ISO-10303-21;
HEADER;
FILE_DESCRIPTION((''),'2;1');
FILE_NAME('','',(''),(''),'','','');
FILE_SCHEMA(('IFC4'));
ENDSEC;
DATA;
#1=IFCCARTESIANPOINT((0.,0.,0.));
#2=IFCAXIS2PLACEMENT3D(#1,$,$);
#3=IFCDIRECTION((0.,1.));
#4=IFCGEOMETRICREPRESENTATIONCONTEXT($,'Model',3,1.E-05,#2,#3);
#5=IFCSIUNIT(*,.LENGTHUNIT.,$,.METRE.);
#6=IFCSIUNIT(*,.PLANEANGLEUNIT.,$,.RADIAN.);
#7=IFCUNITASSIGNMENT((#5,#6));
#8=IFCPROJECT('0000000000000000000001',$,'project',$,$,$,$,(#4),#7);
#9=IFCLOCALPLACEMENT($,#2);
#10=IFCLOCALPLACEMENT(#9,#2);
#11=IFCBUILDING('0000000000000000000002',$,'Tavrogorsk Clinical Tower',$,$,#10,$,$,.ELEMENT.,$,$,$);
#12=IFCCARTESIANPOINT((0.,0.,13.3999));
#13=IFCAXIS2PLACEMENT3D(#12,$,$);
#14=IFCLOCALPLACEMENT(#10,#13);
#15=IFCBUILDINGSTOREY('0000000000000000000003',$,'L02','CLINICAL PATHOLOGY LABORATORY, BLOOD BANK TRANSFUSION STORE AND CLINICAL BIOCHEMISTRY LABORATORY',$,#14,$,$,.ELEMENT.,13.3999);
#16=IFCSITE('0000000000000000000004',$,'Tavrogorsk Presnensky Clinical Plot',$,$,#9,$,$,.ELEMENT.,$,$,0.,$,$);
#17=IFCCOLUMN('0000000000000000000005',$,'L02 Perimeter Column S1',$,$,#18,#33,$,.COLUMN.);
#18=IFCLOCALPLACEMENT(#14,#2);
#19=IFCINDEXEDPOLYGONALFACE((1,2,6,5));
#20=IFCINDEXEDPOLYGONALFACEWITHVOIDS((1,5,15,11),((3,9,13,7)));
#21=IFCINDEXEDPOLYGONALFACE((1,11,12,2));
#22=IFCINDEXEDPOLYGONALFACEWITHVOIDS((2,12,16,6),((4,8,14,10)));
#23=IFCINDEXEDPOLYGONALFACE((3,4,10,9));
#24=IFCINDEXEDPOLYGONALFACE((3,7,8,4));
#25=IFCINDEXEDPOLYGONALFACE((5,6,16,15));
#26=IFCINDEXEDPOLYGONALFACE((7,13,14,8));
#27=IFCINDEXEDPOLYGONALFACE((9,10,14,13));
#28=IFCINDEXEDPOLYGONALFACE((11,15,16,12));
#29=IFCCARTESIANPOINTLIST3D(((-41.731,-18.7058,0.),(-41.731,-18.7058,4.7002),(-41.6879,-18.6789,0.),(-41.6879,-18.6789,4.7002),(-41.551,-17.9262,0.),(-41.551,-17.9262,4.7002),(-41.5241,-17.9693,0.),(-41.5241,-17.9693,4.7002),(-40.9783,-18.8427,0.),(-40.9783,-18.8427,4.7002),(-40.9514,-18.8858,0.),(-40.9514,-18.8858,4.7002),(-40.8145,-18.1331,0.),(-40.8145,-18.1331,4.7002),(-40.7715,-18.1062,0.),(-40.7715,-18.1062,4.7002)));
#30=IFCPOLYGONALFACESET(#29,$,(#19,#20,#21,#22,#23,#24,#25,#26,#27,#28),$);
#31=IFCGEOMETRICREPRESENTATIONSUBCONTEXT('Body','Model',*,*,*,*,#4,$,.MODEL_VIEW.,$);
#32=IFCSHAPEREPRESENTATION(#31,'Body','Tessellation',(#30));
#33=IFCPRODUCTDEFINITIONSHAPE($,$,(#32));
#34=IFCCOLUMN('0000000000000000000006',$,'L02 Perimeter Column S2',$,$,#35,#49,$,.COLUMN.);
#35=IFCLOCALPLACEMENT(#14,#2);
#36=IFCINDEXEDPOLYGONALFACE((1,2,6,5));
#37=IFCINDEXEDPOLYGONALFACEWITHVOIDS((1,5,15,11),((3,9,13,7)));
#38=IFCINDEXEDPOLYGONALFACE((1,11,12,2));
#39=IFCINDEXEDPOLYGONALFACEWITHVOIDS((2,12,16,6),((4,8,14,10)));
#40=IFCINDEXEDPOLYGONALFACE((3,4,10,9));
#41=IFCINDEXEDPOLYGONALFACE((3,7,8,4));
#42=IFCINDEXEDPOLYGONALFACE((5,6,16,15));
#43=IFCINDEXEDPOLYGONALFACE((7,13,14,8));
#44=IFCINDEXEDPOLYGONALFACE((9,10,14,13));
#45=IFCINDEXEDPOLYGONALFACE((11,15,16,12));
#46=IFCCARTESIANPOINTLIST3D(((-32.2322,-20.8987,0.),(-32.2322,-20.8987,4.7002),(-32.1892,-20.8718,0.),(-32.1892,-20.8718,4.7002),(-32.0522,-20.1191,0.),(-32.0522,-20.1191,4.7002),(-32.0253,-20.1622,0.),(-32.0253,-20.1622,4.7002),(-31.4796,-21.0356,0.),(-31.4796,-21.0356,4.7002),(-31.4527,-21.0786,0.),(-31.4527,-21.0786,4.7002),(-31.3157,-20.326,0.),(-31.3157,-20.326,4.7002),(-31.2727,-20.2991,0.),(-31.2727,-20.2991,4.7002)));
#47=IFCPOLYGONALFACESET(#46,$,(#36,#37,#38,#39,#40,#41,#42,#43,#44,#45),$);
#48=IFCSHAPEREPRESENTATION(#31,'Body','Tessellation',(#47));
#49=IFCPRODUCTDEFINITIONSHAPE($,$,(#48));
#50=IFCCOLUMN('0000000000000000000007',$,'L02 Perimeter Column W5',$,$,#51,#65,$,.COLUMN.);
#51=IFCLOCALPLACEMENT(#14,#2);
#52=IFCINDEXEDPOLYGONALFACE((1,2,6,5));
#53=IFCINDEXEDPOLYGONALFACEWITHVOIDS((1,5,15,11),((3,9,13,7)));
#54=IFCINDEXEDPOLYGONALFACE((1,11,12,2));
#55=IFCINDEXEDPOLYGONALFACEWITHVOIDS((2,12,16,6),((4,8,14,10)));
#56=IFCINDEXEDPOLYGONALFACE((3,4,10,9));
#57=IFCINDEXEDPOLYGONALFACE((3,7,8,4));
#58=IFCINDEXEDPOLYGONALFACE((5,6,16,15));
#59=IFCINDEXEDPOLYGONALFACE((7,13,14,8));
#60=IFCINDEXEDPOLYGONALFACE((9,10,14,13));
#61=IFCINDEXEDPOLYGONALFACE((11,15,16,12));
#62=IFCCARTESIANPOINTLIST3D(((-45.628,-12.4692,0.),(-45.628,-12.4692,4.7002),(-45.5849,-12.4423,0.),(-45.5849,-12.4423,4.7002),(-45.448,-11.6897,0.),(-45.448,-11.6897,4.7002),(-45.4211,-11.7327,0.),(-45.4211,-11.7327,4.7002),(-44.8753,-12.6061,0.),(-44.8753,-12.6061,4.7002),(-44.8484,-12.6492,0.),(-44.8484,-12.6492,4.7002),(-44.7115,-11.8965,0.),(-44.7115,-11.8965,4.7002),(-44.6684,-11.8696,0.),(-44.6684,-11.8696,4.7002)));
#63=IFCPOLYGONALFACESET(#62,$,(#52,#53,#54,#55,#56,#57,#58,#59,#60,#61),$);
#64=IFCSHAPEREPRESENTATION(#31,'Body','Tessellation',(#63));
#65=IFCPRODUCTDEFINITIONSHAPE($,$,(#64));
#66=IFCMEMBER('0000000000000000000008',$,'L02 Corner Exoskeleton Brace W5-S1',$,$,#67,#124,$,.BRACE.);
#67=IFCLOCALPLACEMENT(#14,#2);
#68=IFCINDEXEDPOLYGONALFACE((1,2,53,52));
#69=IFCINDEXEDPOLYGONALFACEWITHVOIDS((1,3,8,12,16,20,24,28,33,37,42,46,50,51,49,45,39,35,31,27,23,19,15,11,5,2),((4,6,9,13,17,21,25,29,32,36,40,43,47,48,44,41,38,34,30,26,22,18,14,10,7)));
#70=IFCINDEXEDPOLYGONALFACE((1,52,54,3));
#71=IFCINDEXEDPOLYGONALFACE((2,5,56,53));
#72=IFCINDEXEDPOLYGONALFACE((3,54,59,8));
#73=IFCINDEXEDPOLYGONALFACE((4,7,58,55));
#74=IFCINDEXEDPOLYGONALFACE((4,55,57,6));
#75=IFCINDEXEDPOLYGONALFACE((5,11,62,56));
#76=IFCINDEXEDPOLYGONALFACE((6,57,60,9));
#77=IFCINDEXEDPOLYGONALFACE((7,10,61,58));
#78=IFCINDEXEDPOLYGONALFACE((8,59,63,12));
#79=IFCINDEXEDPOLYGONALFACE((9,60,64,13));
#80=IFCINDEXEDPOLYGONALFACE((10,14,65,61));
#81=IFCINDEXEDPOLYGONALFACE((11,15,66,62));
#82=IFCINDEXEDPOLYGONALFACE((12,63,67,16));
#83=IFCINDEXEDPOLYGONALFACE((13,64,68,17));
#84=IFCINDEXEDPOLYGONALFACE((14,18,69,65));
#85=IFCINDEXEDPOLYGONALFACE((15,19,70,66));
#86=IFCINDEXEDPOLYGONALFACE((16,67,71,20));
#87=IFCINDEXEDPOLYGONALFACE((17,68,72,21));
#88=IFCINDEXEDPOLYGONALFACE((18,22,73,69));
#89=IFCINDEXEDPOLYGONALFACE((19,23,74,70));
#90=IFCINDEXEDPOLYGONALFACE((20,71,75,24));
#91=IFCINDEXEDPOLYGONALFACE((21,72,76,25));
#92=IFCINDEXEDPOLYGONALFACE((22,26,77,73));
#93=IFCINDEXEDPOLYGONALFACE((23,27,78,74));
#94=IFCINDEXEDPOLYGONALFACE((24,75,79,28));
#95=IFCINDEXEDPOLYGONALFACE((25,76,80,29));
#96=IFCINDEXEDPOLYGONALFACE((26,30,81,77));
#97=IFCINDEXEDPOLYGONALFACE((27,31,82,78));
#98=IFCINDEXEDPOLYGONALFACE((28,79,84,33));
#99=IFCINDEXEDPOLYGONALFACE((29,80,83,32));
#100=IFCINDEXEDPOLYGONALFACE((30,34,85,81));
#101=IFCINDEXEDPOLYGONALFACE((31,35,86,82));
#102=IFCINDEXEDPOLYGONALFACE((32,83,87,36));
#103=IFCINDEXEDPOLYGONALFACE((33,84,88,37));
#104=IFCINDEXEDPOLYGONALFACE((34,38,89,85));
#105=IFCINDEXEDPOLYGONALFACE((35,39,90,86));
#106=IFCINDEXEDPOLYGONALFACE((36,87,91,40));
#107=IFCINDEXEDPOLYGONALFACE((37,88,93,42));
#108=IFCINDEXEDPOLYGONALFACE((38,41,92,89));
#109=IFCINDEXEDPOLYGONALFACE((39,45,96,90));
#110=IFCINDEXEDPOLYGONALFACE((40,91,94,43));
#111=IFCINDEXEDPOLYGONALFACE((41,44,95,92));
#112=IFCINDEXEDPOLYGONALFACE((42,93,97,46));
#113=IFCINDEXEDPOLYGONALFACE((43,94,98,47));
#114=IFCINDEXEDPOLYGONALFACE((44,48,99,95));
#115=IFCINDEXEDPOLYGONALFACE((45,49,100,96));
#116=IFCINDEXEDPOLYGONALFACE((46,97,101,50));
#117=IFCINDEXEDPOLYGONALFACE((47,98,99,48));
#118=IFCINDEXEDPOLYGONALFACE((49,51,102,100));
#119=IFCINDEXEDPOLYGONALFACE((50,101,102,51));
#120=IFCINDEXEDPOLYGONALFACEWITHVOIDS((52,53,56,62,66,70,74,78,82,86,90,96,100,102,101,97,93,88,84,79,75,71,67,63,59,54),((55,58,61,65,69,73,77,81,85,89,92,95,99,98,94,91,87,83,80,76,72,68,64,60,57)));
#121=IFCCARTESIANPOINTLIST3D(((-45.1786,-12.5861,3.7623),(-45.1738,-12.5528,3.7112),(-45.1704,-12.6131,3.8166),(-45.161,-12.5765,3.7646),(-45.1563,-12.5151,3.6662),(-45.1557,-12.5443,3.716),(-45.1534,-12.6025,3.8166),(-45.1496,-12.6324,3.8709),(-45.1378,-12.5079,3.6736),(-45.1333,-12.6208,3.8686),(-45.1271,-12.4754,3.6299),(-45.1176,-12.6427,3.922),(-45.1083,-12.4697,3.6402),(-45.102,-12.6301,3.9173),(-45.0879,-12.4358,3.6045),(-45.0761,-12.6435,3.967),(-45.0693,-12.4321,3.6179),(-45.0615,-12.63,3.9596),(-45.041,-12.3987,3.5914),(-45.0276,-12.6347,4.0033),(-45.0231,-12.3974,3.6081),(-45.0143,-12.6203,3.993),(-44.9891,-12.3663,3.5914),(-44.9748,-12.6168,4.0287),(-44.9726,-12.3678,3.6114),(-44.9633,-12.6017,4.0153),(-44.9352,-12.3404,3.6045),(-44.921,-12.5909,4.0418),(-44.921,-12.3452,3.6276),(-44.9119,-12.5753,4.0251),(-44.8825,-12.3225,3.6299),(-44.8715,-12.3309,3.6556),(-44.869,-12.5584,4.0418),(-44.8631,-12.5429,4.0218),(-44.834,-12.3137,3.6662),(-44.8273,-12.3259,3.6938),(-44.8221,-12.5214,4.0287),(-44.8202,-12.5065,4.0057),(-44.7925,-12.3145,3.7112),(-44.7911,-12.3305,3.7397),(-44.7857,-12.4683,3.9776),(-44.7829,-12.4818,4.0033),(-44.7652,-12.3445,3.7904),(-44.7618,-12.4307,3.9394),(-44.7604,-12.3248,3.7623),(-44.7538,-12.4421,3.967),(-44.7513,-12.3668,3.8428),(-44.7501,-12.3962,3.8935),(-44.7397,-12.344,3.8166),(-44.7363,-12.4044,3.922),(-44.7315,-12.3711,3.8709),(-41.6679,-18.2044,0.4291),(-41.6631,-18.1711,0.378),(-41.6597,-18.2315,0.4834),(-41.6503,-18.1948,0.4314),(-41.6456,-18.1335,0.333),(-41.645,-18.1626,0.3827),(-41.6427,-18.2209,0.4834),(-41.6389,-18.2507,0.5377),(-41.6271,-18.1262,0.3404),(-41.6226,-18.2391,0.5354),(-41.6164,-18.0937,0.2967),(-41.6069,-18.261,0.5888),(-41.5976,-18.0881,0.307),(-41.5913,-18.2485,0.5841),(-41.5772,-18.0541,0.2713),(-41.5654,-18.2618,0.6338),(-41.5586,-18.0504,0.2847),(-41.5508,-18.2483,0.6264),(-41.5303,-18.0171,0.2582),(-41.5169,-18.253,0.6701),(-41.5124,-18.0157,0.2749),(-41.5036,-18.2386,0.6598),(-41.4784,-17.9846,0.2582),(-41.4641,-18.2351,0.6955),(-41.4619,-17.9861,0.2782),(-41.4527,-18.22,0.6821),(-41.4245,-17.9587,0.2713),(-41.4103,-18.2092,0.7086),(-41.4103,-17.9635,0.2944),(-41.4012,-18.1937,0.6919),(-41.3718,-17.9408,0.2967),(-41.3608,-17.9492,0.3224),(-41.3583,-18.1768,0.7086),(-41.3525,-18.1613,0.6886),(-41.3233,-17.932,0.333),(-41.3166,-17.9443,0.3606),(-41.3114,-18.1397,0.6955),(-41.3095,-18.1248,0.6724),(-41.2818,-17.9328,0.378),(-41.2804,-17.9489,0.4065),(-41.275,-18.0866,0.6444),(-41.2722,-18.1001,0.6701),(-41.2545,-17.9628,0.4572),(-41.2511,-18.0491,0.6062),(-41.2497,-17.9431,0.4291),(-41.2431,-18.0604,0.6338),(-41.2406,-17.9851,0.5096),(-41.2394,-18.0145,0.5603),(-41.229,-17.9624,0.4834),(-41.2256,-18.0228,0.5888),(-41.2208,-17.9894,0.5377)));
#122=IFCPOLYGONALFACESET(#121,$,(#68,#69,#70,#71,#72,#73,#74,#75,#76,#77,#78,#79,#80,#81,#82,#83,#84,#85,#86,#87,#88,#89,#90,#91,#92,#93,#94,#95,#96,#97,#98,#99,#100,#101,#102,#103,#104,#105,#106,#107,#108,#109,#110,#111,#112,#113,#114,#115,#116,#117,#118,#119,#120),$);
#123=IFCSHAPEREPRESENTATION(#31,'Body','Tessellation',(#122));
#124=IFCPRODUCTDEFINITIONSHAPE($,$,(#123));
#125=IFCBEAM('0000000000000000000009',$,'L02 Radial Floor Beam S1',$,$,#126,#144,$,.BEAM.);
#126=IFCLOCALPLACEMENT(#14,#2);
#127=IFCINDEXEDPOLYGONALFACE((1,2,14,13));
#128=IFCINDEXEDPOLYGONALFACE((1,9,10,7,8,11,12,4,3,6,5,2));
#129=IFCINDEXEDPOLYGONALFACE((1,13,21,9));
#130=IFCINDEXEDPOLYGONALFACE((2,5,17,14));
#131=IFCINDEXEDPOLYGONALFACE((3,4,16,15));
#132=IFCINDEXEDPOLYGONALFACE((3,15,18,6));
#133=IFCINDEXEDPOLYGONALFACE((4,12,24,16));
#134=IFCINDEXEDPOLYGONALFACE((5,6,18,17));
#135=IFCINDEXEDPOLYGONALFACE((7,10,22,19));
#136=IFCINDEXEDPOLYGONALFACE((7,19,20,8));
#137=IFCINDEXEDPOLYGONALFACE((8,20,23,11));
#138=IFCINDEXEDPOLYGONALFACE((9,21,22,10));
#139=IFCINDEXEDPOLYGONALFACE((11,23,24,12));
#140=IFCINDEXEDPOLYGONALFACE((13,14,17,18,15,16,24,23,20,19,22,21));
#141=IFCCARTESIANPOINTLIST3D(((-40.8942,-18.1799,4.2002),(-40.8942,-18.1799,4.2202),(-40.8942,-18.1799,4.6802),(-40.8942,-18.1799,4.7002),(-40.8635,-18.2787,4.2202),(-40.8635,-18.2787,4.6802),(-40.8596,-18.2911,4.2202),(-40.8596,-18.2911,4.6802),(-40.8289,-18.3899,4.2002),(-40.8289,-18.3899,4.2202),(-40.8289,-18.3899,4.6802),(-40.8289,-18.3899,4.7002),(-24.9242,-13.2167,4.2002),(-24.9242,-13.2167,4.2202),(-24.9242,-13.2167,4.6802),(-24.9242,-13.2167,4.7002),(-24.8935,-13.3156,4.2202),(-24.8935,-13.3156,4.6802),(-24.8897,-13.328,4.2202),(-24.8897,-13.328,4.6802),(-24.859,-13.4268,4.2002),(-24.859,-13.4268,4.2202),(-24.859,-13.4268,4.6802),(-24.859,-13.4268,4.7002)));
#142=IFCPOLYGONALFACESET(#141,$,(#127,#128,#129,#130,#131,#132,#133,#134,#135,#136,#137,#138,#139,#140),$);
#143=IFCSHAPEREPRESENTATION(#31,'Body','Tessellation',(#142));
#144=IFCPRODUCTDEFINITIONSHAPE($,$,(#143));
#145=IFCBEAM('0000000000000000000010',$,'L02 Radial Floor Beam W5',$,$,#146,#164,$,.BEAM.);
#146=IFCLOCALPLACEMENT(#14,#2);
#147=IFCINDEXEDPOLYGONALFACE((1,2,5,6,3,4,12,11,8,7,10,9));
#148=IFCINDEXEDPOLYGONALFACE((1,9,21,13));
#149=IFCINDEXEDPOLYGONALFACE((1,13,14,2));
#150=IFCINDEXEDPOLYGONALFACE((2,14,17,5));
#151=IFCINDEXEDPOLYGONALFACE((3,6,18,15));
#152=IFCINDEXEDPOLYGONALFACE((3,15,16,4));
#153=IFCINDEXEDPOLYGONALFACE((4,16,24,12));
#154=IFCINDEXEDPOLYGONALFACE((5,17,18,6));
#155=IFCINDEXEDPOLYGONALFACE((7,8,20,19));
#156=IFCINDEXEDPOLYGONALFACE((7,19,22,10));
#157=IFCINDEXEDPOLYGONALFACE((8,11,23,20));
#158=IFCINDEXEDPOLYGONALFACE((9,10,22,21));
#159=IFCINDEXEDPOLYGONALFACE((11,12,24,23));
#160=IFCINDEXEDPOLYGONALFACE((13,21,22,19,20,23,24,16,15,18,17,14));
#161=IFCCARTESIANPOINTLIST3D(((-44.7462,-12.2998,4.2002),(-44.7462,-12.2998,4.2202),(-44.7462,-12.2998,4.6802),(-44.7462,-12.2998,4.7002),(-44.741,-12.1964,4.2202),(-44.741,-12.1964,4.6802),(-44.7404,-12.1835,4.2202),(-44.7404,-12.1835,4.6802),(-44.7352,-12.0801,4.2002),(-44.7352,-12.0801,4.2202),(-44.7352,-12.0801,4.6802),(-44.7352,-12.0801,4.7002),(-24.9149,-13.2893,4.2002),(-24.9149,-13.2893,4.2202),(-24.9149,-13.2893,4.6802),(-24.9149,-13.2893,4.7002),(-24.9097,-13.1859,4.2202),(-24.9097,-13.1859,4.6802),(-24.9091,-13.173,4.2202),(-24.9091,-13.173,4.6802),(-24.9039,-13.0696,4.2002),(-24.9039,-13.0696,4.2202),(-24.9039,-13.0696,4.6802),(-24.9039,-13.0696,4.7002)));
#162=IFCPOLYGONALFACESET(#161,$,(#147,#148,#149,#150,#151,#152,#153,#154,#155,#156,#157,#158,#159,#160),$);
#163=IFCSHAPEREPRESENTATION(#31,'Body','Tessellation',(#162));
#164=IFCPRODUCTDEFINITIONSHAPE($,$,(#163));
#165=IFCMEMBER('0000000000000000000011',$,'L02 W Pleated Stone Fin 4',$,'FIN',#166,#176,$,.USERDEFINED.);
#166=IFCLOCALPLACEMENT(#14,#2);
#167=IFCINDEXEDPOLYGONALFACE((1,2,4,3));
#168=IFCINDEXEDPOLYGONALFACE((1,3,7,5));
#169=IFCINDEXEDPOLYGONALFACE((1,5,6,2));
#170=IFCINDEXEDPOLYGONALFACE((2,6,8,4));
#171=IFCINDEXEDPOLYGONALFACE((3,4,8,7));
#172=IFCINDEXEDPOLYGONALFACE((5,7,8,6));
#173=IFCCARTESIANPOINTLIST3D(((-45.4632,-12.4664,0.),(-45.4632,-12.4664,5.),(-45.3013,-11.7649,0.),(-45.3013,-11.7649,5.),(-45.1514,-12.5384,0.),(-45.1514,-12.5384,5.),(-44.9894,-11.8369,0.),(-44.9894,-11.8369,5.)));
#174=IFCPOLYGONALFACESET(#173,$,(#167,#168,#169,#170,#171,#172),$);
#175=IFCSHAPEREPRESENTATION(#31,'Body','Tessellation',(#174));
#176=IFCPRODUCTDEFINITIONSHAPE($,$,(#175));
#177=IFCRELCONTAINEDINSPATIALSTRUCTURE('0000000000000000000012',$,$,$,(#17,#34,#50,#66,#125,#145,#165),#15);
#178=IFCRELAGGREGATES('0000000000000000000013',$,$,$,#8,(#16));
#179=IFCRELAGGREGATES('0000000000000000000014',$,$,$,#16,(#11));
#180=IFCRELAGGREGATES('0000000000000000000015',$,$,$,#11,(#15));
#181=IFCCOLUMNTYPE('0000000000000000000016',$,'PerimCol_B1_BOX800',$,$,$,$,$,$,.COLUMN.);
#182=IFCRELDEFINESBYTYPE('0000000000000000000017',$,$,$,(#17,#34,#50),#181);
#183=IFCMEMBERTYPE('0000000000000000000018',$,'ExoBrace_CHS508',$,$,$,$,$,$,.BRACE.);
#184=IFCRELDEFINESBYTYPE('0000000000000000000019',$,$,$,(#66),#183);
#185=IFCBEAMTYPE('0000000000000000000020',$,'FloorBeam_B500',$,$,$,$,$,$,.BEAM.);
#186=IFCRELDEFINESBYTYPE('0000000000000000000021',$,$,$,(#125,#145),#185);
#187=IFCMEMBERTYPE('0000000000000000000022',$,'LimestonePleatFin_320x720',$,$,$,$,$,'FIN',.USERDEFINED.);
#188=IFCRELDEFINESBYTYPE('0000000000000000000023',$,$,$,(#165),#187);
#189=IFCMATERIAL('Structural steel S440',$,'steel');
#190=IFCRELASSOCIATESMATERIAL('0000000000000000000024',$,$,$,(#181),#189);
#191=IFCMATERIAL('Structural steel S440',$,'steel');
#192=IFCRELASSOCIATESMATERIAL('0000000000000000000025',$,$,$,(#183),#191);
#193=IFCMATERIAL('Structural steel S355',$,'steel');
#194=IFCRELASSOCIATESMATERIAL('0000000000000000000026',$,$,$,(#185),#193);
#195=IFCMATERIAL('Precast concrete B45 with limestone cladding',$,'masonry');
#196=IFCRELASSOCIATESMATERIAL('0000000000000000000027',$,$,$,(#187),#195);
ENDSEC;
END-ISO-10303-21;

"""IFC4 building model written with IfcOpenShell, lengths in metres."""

from ifc_helpers import new_model, si_unit, direction, frame, origin, origin_2d, place, context, subcontext, project, spatial, rectangle, hollow_rectangle, hollow_circle, i_section, extrude, material, material_profile, profile_set, type_object, element, save


model = new_model("IFC4")

# Units and contexts
model_context = context("Model", 3, precision=1e-05, world=origin(), true_north=direction((0.0, 1.0)))
body_context = subcontext(model_context, "Body", "Model", "MODEL_VIEW")
ifc_project = project(units=[si_unit("LENGTHUNIT", "METRE"), si_unit("PLANEANGLEUNIT", "RADIAN")], contexts=[model_context])

# Site, building, storey
site_placement = place(None, origin())
site = spatial("IfcSite", under=ifc_project, at=site_placement, Name="Tavrogorsk Presnensky Clinical Plot", CompositionType="ELEMENT", RefElevation=0.0)
building_placement = place(site_placement, origin())
building = spatial("IfcBuilding", under=site, at=building_placement, Name="Tavrogorsk Clinical Tower", CompositionType="ELEMENT")
storey_placement = place(building_placement, frame((0.0, 0.0, 13.3999)))
storey = spatial("IfcBuildingStorey", under=building, at=storey_placement, Name="L02", Description="CLINICAL PATHOLOGY LABORATORY, BLOOD BANK TRANSFUSION STORE AND CLINICAL BIOCHEMISTRY LABORATORY", CompositionType="ELEMENT", Elevation=13.3999)

# Columns
ifc_material_1 = material(Name="Structural steel S440", Category="steel")
ifc_material_profile_1 = material_profile(ifc_material_1, hollow_rectangle(XDim=0.8, YDim=0.8, WallThickness=0.0359, at=origin_2d()), Name="BOX-800x800x36")
ifc_profile_set_1 = profile_set([ifc_material_profile_1], Name="Structural steel S440")
column_type = type_object("IfcColumnType", Name="PerimCol_B1_BOX800", PredefinedType="COLUMN", material=ifc_profile_set_1)
for number, where, z_axis, x_axis, name in (
    (1, (-41.2512, -18.406, 0.0), (0.0, 0.0, 1.0), (0.97437, -0.224951, 0.0), "L02 Perimeter Column S1"),
    (2, (-31.7524, -20.5989, 0.0), (0.0, 0.0, 1.0), (0.97437, -0.224951, 0.0), "L02 Perimeter Column S2"),
    (3, (-45.1482, -12.1694, 0.0), (0.0, 0.0, 1.0), (0.97437, -0.224951, 0.0), "L02 Perimeter Column W5"),
):
    element("IfcColumn", number, at=place(storey_placement, frame(where, z_axis=z_axis, x_axis=x_axis)), inside=storey, type_object=column_type, Name=name, PredefinedType="COLUMN", context=body_context, shape_type="SweptSolid", body=[
        extrude(hollow_rectangle(XDim=0.8, YDim=0.8, WallThickness=0.0359, at=origin_2d()), origin(), (0.0, 0.0, 1.0), 4.7002),
    ])

# Member
ifc_material_2 = material(Name="Structural steel S440", Category="steel")
ifc_material_profile_2 = material_profile(ifc_material_2, hollow_circle(Radius=0.2539, WallThickness=0.02, at=origin_2d()), Name="CHS-508x20")
ifc_profile_set_2 = profile_set([ifc_material_profile_2], Name="Structural steel S440")
member_type_1 = type_object("IfcMemberType", Name="ExoBrace_CHS508", PredefinedType="BRACE", material=ifc_profile_set_2)
member_1_placement = place(storey_placement, frame((-41.4443, -18.0969, 0.4834), z_axis=(-0.473378, 0.75757, 0.449446), x_axis=(-0.84805, -0.529916, 0.0)))
element("IfcMember", 4, at=member_1_placement, inside=storey, type_object=member_type_1, Name="L02 Corner Exoskeleton Brace W5-S1", PredefinedType="BRACE", context=body_context, shape_type="SweptSolid", body=[
    extrude(hollow_circle(Radius=0.2539, WallThickness=0.02, at=origin_2d()), origin(), (0.0, 0.0, 1.0), 7.4163),
])

# Beams
ifc_material_3 = material(Name="Structural steel S355", Category="steel")
ifc_material_profile_3 = material_profile(ifc_material_3, i_section(OverallWidth=0.22, OverallDepth=0.5, WebThickness=0.0129, FlangeThickness=0.02, at=origin_2d()), Name="B-500x220x13x20")
ifc_profile_set_3 = profile_set([ifc_material_profile_3], Name="Structural steel S355")
beam_type_1 = type_object("IfcBeamType", Name="FloorBeam_B500", PredefinedType="BEAM", material=ifc_profile_set_3)
beam_1_placement = place(storey_placement, frame((-24.8916, -13.3218, 4.4502), z_axis=(-0.954947, -0.296778, 0.0), x_axis=(0.296778, -0.954947, 0.0)))
element("IfcBeam", 5, at=beam_1_placement, inside=storey, type_object=beam_type_1, Name="L02 Radial Floor Beam S1", PredefinedType="BEAM", context=body_context, shape_type="SweptSolid", body=[
    extrude(i_section(OverallWidth=0.22, OverallDepth=0.5, WebThickness=0.0129, FlangeThickness=0.02, at=origin_2d()), origin(), (0.0, 0.0, 1.0), 16.7234),
])
beam_2_placement = place(storey_placement, frame((-24.9094, -13.1794, 4.4502), z_axis=(-0.998758, 0.049834, 0.0), x_axis=(-0.049834, -0.998758, 0.0)))
element("IfcBeam", 6, at=beam_2_placement, inside=storey, type_object=beam_type_1, Name="L02 Radial Floor Beam W5", PredefinedType="BEAM", context=body_context, shape_type="SweptSolid", body=[
    extrude(i_section(OverallWidth=0.22, OverallDepth=0.5, WebThickness=0.0129, FlangeThickness=0.02, at=origin_2d()), origin(), (0.0, 0.0, 1.0), 19.856),
])

# Member
ifc_material_4 = material(Name="Precast concrete B45 with limestone cladding", Category="masonry")
ifc_material_profile_4 = material_profile(ifc_material_4, rectangle(XDim=0.3201, YDim=0.72, at=origin_2d()), Name="LIMESTONE-FIN-320x720")
ifc_profile_set_4 = profile_set([ifc_material_profile_4], Name="Precast concrete B45 with limestone cladding")
member_type_2 = type_object("IfcMemberType", Name="LimestonePleatFin_320x720", ElementType="FIN", PredefinedType="USERDEFINED", material=ifc_profile_set_4)
member_2_placement = place(storey_placement, frame((-45.2263, -12.1516, 0.0), z_axis=(0.0, 0.0, 1.0), x_axis=(0.97437, -0.224951, 0.0)))
element("IfcMember", 7, at=member_2_placement, inside=storey, type_object=member_type_2, Name="L02 W Pleated Stone Fin 4", ObjectType="FIN", PredefinedType="USERDEFINED", context=body_context, shape_type="SweptSolid", body=[
    extrude(rectangle(XDim=0.3201, YDim=0.72, at=origin_2d()), origin(), (0.0, 0.0, 1.0), 5.0),
])

save(model, "model.ifc")
